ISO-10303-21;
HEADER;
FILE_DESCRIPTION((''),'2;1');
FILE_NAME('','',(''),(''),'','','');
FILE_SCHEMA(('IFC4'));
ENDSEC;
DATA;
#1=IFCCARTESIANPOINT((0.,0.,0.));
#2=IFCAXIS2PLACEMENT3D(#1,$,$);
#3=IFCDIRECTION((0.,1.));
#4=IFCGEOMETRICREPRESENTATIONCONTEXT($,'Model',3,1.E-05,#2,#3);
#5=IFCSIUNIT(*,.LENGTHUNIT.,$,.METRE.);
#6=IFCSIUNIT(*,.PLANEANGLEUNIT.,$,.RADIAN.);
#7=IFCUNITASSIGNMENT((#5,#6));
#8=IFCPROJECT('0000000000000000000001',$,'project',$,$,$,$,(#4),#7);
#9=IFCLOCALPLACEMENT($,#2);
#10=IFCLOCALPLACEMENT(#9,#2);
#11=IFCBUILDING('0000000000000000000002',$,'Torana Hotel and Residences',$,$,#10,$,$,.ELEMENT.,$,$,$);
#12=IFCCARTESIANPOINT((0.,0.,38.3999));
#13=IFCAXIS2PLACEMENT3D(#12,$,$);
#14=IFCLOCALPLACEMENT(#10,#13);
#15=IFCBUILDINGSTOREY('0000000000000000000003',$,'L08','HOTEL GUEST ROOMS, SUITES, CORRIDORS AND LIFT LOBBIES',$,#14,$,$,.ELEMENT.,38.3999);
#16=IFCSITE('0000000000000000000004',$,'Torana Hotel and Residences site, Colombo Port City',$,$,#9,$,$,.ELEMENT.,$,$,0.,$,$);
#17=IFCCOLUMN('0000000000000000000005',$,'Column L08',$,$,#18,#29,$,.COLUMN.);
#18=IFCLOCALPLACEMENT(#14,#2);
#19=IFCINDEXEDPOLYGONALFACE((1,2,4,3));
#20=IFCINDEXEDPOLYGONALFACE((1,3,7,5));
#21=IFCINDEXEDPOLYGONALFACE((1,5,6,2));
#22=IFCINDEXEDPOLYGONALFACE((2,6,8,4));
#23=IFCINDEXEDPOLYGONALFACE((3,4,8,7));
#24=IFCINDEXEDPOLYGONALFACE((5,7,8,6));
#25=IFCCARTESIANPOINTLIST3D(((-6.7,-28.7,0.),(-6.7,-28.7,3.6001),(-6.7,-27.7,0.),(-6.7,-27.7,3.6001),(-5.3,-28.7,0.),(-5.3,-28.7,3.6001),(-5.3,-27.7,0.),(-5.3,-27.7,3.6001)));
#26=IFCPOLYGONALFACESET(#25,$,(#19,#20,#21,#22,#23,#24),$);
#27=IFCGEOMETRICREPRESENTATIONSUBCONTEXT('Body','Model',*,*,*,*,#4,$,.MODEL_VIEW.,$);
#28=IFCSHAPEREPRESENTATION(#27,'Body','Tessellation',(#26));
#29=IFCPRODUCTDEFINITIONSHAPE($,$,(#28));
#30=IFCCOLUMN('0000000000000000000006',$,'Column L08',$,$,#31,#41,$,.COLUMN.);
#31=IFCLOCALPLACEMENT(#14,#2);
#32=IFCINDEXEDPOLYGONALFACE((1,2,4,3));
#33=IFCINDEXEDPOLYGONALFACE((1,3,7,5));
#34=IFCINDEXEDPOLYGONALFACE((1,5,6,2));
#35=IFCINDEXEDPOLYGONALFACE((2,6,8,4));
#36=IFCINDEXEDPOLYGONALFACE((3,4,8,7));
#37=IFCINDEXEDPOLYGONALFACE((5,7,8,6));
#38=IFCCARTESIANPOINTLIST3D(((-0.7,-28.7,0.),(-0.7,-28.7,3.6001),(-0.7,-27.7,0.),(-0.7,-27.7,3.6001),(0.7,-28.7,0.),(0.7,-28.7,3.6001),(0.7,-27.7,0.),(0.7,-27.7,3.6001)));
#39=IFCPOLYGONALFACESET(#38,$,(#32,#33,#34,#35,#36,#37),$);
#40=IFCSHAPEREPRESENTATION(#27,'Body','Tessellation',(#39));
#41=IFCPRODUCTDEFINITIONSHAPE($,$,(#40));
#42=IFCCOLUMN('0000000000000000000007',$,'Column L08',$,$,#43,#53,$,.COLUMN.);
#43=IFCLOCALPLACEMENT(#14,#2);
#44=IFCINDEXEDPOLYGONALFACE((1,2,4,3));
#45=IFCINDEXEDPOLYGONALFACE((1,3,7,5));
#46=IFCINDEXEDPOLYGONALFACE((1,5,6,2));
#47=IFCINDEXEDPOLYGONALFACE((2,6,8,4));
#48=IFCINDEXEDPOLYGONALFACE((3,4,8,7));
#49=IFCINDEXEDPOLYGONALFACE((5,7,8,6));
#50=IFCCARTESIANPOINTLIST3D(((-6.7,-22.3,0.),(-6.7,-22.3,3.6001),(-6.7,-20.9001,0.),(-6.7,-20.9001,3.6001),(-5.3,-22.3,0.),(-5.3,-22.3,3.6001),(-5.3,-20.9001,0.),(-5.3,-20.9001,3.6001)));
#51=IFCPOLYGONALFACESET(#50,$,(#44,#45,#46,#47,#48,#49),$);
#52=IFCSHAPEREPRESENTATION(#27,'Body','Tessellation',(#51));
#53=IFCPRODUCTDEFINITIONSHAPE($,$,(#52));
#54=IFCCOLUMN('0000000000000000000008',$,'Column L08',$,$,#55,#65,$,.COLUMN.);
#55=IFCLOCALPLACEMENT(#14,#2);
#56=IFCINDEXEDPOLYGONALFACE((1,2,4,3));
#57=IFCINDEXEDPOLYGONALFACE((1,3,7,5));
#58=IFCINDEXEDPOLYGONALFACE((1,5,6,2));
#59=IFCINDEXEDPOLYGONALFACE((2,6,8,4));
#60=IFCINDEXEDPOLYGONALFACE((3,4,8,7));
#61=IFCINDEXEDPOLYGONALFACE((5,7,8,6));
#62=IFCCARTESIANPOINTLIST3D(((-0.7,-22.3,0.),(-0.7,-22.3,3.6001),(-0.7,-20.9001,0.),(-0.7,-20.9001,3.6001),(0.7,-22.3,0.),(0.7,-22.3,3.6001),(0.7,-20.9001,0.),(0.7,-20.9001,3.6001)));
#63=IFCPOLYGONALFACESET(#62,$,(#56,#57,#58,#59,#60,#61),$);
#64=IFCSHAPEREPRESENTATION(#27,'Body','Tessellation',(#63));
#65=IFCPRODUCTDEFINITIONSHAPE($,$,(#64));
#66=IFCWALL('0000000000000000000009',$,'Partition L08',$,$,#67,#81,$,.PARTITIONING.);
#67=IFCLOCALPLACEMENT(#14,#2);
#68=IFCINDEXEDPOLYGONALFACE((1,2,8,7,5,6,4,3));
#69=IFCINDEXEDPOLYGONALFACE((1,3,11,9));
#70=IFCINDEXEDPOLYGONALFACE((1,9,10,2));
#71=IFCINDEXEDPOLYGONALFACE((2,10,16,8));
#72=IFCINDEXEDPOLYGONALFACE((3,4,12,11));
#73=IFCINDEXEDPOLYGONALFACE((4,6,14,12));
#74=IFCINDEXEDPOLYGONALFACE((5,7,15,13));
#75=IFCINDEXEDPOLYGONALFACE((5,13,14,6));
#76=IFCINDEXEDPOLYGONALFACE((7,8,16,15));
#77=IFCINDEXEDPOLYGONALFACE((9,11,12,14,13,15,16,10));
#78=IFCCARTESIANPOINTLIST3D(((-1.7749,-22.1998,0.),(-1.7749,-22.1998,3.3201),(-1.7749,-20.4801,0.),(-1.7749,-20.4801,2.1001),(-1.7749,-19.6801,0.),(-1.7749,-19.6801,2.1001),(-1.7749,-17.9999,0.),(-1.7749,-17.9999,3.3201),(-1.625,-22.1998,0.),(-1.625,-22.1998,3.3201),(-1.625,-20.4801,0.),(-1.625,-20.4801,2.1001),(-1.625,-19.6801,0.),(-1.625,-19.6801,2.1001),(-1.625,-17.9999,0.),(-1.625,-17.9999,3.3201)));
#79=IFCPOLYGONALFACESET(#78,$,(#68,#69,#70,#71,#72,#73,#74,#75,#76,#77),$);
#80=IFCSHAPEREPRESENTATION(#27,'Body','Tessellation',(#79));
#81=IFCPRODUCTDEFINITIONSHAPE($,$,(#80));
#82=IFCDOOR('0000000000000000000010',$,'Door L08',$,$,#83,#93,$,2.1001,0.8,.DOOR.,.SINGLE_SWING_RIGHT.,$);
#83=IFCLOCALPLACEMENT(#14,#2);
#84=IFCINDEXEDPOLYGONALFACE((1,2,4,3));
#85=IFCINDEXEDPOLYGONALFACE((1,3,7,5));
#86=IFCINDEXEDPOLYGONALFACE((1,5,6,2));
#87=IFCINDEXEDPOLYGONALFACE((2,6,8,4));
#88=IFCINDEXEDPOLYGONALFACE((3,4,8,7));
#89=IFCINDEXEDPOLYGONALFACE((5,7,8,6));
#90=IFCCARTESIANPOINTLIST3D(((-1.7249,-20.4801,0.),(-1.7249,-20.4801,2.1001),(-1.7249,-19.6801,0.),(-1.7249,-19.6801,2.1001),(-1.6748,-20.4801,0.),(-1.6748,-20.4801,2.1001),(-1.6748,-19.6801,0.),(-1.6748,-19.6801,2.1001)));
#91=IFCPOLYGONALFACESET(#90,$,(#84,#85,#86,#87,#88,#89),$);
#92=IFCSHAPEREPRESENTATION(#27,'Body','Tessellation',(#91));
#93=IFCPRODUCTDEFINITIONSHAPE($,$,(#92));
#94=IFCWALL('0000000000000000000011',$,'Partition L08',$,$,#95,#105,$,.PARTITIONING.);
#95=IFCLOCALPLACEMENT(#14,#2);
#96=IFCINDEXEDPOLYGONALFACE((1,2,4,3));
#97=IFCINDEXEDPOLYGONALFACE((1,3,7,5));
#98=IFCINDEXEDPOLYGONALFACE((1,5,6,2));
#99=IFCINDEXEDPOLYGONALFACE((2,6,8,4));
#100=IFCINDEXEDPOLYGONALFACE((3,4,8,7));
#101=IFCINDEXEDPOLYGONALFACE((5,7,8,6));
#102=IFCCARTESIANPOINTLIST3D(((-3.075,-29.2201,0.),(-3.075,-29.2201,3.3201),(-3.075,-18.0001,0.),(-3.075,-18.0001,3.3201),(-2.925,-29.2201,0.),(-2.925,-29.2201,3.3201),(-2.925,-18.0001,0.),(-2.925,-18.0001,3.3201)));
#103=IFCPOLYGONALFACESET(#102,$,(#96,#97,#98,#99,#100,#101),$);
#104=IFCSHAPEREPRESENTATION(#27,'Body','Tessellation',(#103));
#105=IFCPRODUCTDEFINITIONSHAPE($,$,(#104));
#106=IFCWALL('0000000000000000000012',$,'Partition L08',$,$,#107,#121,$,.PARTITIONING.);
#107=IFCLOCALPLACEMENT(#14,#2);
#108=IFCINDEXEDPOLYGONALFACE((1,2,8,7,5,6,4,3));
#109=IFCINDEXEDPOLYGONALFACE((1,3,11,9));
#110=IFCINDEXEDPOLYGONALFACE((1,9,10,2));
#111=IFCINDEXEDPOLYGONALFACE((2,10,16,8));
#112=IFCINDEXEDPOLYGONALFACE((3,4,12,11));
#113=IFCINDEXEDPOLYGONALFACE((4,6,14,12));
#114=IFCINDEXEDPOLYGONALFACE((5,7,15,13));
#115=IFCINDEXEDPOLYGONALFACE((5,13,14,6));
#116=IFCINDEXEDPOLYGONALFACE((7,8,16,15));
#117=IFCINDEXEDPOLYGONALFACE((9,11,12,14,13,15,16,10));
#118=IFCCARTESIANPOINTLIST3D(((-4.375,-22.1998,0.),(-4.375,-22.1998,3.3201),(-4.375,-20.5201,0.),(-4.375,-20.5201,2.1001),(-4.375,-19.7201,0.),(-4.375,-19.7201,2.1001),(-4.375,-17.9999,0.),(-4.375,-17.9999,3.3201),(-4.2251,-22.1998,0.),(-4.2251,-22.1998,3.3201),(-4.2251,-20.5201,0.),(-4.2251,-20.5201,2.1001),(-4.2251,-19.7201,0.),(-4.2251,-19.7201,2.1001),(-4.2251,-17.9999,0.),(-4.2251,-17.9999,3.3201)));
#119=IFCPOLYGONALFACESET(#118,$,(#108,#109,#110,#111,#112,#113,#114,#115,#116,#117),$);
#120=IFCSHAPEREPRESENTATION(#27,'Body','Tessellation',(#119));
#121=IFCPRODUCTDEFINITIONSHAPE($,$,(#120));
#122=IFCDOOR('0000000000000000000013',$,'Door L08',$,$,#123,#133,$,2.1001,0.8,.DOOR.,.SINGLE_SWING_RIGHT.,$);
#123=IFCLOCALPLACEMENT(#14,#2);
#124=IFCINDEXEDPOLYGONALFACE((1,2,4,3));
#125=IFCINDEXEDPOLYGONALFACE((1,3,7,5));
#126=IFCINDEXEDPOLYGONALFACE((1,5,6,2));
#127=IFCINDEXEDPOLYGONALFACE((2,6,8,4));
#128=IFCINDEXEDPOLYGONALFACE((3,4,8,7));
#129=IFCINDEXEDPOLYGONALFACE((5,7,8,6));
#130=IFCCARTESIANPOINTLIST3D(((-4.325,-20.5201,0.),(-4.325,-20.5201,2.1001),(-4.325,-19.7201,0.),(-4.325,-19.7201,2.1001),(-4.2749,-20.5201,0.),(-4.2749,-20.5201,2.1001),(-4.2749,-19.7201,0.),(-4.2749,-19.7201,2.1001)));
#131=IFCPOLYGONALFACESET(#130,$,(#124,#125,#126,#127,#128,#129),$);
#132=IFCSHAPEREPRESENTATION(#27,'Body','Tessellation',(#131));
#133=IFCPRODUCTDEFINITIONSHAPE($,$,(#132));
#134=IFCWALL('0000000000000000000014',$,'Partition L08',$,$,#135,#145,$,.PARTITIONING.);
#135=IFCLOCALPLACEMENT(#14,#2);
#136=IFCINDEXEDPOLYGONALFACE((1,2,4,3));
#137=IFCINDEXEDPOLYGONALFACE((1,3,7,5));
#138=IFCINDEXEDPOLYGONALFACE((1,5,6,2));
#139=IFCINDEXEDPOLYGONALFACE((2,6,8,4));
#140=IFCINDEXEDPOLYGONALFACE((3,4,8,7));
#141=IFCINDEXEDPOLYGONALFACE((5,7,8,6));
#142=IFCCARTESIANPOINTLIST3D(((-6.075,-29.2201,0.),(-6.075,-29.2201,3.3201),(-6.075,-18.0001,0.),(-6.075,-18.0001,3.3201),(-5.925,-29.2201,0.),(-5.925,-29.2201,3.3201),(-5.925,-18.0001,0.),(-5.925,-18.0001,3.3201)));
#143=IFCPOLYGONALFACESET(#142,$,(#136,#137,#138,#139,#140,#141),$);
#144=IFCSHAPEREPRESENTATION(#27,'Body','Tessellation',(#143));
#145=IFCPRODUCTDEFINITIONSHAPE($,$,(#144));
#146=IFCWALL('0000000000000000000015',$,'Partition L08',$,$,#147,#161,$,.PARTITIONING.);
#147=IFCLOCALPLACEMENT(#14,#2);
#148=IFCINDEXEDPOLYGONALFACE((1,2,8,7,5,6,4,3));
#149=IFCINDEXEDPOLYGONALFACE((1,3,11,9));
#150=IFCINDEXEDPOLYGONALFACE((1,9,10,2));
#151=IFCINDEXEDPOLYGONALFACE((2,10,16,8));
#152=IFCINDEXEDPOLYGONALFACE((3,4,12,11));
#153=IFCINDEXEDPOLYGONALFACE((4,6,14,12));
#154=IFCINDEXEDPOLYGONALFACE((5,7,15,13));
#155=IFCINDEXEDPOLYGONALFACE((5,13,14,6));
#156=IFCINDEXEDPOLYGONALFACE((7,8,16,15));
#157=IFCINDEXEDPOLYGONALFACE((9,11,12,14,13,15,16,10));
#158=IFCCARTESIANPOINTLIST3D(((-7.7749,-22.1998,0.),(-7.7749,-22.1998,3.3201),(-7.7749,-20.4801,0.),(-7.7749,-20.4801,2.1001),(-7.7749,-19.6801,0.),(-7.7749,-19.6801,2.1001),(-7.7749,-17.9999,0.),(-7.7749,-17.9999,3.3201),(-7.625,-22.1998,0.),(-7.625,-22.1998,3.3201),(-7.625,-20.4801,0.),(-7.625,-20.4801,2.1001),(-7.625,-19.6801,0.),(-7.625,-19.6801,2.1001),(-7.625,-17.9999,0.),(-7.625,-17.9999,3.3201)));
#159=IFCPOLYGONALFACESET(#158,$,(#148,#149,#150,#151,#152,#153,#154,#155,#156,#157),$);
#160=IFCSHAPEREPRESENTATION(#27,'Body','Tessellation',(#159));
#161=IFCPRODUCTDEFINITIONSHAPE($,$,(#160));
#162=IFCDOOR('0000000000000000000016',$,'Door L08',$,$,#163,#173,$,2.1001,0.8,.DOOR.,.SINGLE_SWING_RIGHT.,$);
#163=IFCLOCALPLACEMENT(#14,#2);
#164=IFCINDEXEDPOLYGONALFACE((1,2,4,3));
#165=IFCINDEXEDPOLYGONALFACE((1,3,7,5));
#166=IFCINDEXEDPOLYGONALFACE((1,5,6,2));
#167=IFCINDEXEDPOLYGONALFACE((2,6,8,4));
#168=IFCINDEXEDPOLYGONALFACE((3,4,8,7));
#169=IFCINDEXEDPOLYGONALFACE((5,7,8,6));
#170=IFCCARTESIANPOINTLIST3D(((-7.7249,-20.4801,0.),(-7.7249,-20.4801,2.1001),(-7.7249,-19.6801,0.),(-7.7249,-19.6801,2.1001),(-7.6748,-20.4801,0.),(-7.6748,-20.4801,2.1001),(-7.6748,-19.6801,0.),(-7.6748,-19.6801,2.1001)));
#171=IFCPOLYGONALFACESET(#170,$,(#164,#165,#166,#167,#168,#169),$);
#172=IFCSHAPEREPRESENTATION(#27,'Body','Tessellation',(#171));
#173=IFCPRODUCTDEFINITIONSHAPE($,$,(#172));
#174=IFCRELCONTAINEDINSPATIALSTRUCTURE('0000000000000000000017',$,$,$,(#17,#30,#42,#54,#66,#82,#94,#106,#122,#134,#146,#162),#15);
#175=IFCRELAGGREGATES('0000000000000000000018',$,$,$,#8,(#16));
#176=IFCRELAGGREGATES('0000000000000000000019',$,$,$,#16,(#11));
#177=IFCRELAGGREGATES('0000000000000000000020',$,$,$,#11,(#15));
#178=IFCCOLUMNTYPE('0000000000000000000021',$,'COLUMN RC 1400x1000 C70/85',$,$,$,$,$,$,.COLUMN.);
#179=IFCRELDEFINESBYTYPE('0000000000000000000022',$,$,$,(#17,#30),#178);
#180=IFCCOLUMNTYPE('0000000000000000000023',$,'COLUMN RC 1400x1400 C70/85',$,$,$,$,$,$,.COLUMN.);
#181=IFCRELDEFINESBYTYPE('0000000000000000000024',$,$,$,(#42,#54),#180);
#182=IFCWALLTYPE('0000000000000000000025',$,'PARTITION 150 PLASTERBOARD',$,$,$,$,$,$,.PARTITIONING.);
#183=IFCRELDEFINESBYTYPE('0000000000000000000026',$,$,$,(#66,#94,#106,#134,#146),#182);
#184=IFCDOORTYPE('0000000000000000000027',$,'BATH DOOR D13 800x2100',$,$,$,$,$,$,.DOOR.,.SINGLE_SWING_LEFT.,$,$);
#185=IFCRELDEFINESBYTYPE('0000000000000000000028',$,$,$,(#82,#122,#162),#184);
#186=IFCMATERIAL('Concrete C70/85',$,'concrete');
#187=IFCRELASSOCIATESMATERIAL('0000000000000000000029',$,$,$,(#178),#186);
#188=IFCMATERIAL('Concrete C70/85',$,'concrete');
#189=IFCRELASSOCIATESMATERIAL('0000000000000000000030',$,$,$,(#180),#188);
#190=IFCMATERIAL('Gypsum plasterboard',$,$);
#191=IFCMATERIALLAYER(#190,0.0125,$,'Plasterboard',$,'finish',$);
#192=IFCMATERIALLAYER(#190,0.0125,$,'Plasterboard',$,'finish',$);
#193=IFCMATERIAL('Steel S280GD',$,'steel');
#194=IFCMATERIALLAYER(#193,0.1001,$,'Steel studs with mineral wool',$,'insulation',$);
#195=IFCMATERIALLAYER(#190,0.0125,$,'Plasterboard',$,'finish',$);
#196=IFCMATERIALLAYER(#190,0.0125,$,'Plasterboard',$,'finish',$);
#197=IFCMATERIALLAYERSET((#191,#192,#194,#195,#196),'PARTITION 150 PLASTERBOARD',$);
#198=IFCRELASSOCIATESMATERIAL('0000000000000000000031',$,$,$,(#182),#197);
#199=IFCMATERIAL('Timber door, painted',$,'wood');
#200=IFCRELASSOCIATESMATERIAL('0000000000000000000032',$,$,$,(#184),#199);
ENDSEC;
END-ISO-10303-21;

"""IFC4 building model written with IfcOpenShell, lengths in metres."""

from ifc_helpers import new_model, si_unit, direction, frame, frame_2d, origin, origin_2d, place, context, subcontext, project, spatial, rectangle, extrude, material, layer, layer_set, material_profile, profile_set, type_object, element, fill, save


model = new_model("IFC4")

# Units and contexts
model_context = context("Model", 3, precision=1e-05, world=origin(), true_north=direction((0.0, 1.0)))
body_context = subcontext(model_context, "Body", "Model", "MODEL_VIEW")
ifc_project = project(units=[si_unit("LENGTHUNIT", "METRE"), si_unit("PLANEANGLEUNIT", "RADIAN")], contexts=[model_context])

# Site, building, storey
site_placement = place(None, origin())
site = spatial("IfcSite", under=ifc_project, at=site_placement, Name="Torana Hotel and Residences site, Colombo Port City", CompositionType="ELEMENT", RefElevation=0.0)
building_placement = place(site_placement, origin())
building = spatial("IfcBuilding", under=site, at=building_placement, Name="Torana Hotel and Residences", CompositionType="ELEMENT")
storey_placement = place(building_placement, frame((0.0, 0.0, 38.3999)))
storey = spatial("IfcBuildingStorey", under=building, at=storey_placement, Name="L08", Description="HOTEL GUEST ROOMS, SUITES, CORRIDORS AND LIFT LOBBIES", CompositionType="ELEMENT", Elevation=38.3999)

# Columns
ifc_material_1 = material(Name="Concrete C70/85", Category="concrete")
ifc_material_profile_1 = material_profile(ifc_material_1, rectangle(XDim=1.3999, YDim=1.0, at=origin_2d()), Name="RC 1400x1000")
ifc_profile_set_1 = profile_set([ifc_material_profile_1], Name="Concrete C70/85")
column_type_1 = type_object("IfcColumnType", Name="COLUMN RC 1400x1000 C70/85", PredefinedType="COLUMN", material=ifc_profile_set_1)
for number, where, z_axis, x_axis, name in (
    (1, (-6.0, -28.2, 0.0), (0.0, 0.0, 1.0), (1.0, 0.0, 0.0), "Column L08"),
    (2, (0.0, -28.2, 0.0), (0.0, 0.0, 1.0), (1.0, 0.0, 0.0), "Column L08"),
):
    element("IfcColumn", number, at=place(storey_placement, frame(where, z_axis=z_axis, x_axis=x_axis)), inside=storey, type_object=column_type_1, Name=name, PredefinedType="COLUMN", context=body_context, shape_type="SweptSolid", body=[
        extrude(rectangle(XDim=1.3999, YDim=1.0, at=origin_2d()), origin(), (0.0, 0.0, 1.0), 3.6001),
    ])
ifc_material_2 = material(Name="Concrete C70/85", Category="concrete")
ifc_material_profile_2 = material_profile(ifc_material_2, rectangle(XDim=1.3999, YDim=1.3999, at=origin_2d()), Name="RC 1400x1400")
ifc_profile_set_2 = profile_set([ifc_material_profile_2], Name="Concrete C70/85")
column_type_2 = type_object("IfcColumnType", Name="COLUMN RC 1400x1400 C70/85", PredefinedType="COLUMN", material=ifc_profile_set_2)
for number, where, z_axis, x_axis, name in (
    (3, (-6.0, -21.6001, 0.0), (0.0, 0.0, 1.0), (1.0, 0.0, 0.0), "Column L08"),
    (4, (0.0, -21.6001, 0.0), (0.0, 0.0, 1.0), (1.0, 0.0, 0.0), "Column L08"),
):
    element("IfcColumn", number, at=place(storey_placement, frame(where, z_axis=z_axis, x_axis=x_axis)), inside=storey, type_object=column_type_2, Name=name, PredefinedType="COLUMN", context=body_context, shape_type="SweptSolid", body=[
        extrude(rectangle(XDim=1.3999, YDim=1.3999, at=origin_2d()), origin(), (0.0, 0.0, 1.0), 3.6001),
    ])

# Wall, opening, door
ifc_material_3 = material(Name="Gypsum plasterboard")
ifc_layer_1 = layer(ifc_material_3, 0.0125, Name="Plasterboard", Category="finish")
ifc_layer_2 = layer(ifc_material_3, 0.0125, Name="Plasterboard", Category="finish")
ifc_material_4 = material(Name="Steel S280GD", Category="steel")
ifc_layer_3 = layer(ifc_material_4, 0.1001, Name="Steel studs with mineral wool", Category="insulation")
ifc_layer_4 = layer(ifc_material_3, 0.0125, Name="Plasterboard", Category="finish")
ifc_layer_5 = layer(ifc_material_3, 0.0125, Name="Plasterboard", Category="finish")
ifc_layer_set_1 = layer_set([ifc_layer_1, ifc_layer_2, ifc_layer_3, ifc_layer_4, ifc_layer_5], Name="PARTITION 150 PLASTERBOARD")
wall_type_1 = type_object("IfcWallType", Name="PARTITION 150 PLASTERBOARD", PredefinedType="PARTITIONING", material=ifc_layer_set_1)
wall_1_placement = place(storey_placement, frame((-1.7, -22.2, 0.0), z_axis=(0.0, 0.0, 1.0), x_axis=(0.0, 1.0, 0.0)))
wall_1 = element("IfcWall", 5, at=wall_1_placement, inside=storey, type_object=wall_type_1, Name="Partition L08", PredefinedType="PARTITIONING", context=body_context, shape_type="SweptSolid", body=[
    extrude(rectangle(XDim=4.2, YDim=0.1499, at=frame_2d((2.1001, 0.0))), origin(), (0.0, 0.0, 1.0), 3.3201),
])
opening_1_placement = place(wall_1_placement, frame((1.72, 0.0, 0.0)))
opening_1 = element("IfcOpeningElement", 6, at=opening_1_placement, cuts=wall_1, PredefinedType="OPENING", context=body_context, shape_type="SweptSolid", body=[
    extrude(rectangle(XDim=0.8, YDim=2.1001, at=frame_2d((0.3999, 1.05))), frame((0.0, 0.085, 0.0), z_axis=(0.0, -1.0, 0.0), x_axis=(1.0, 0.0, 0.0)), (0.0, 0.0, 1.0), 0.1699),
])
ifc_material_5 = material(Name="Timber door, painted", Category="wood")
door_type = type_object("IfcDoorType", Name="BATH DOOR D13 800x2100", OperationType="SINGLE_SWING_LEFT", PredefinedType="DOOR", material=ifc_material_5)
door_1_placement = place(opening_1_placement, origin())
door_1 = element("IfcDoor", 7, at=door_1_placement, inside=storey, type_object=door_type, Name="Door L08", OperationType="SINGLE_SWING_RIGHT", OverallHeight=2.1001, OverallWidth=0.8, PredefinedType="DOOR", context=body_context, shape_type="SweptSolid", body=[
    extrude(rectangle(XDim=0.8, YDim=2.1001, at=frame_2d((0.3999, 1.05))), frame((0.0, 0.0249, 0.0), z_axis=(0.0, -1.0, 0.0), x_axis=(1.0, 0.0, 0.0)), (0.0, 0.0, 1.0), 0.05),
])
fill(opening_1, door_1)

# Wall
wall_2_placement = place(storey_placement, frame((-3.0, -29.22, 0.0), z_axis=(0.0, 0.0, 1.0), x_axis=(0.0, 1.0, 0.0)))
element("IfcWall", 8, at=wall_2_placement, inside=storey, type_object=wall_type_1, Name="Partition L08", PredefinedType="PARTITIONING", context=body_context, shape_type="SweptSolid", body=[
    extrude(rectangle(XDim=11.22, YDim=0.1499, at=frame_2d((5.6099, 0.0))), origin(), (0.0, 0.0, 1.0), 3.3201),
])

# Wall, opening, door
wall_3_placement = place(storey_placement, frame((-4.3, -22.2, 0.0), z_axis=(0.0, 0.0, 1.0), x_axis=(0.0, 1.0, 0.0)))
wall_3 = element("IfcWall", 9, at=wall_3_placement, inside=storey, type_object=wall_type_1, Name="Partition L08", PredefinedType="PARTITIONING", context=body_context, shape_type="SweptSolid", body=[
    extrude(rectangle(XDim=4.2, YDim=0.1499, at=frame_2d((2.1001, 0.0))), origin(), (0.0, 0.0, 1.0), 3.3201),
])
opening_2_placement = place(wall_3_placement, frame((1.6799, 0.0, 0.0)))
opening_2 = element("IfcOpeningElement", 10, at=opening_2_placement, cuts=wall_3, PredefinedType="OPENING", context=body_context, shape_type="SweptSolid", body=[
    extrude(rectangle(XDim=0.8, YDim=2.1001, at=frame_2d((0.3999, 1.05))), frame((0.0, 0.085, 0.0), z_axis=(0.0, -1.0, 0.0), x_axis=(1.0, 0.0, 0.0)), (0.0, 0.0, 1.0), 0.1699),
])
door_2_placement = place(opening_2_placement, origin())
door_2 = element("IfcDoor", 11, at=door_2_placement, inside=storey, type_object=door_type, Name="Door L08", OperationType="SINGLE_SWING_RIGHT", OverallHeight=2.1001, OverallWidth=0.8, PredefinedType="DOOR", context=body_context, shape_type="SweptSolid", body=[
    extrude(rectangle(XDim=0.8, YDim=2.1001, at=frame_2d((0.3999, 1.05))), frame((0.0, 0.0249, 0.0), z_axis=(0.0, -1.0, 0.0), x_axis=(1.0, 0.0, 0.0)), (0.0, 0.0, 1.0), 0.05),
])
fill(opening_2, door_2)

# Wall
wall_4_placement = place(storey_placement, frame((-6.0, -29.22, 0.0), z_axis=(0.0, 0.0, 1.0), x_axis=(0.0, 1.0, 0.0)))
element("IfcWall", 12, at=wall_4_placement, inside=storey, type_object=wall_type_1, Name="Partition L08", PredefinedType="PARTITIONING", context=body_context, shape_type="SweptSolid", body=[
    extrude(rectangle(XDim=11.22, YDim=0.1499, at=frame_2d((5.6099, 0.0))), origin(), (0.0, 0.0, 1.0), 3.3201),
])

# Wall, opening, door
wall_5_placement = place(storey_placement, frame((-7.7, -22.2, 0.0), z_axis=(0.0, 0.0, 1.0), x_axis=(0.0, 1.0, 0.0)))
wall_5 = element("IfcWall", 13, at=wall_5_placement, inside=storey, type_object=wall_type_1, Name="Partition L08", PredefinedType="PARTITIONING", context=body_context, shape_type="SweptSolid", body=[
    extrude(rectangle(XDim=4.2, YDim=0.1499, at=frame_2d((2.1001, 0.0))), origin(), (0.0, 0.0, 1.0), 3.3201),
])
opening_3_placement = place(wall_5_placement, frame((1.72, 0.0, 0.0)))
opening_3 = element("IfcOpeningElement", 14, at=opening_3_placement, cuts=wall_5, PredefinedType="OPENING", context=body_context, shape_type="SweptSolid", body=[
    extrude(rectangle(XDim=0.8, YDim=2.1001, at=frame_2d((0.3999, 1.05))), frame((0.0, 0.085, 0.0), z_axis=(0.0, -1.0, 0.0), x_axis=(1.0, 0.0, 0.0)), (0.0, 0.0, 1.0), 0.1699),
])
door_3_placement = place(opening_3_placement, origin())
door_3 = element("IfcDoor", 15, at=door_3_placement, inside=storey, type_object=door_type, Name="Door L08", OperationType="SINGLE_SWING_RIGHT", OverallHeight=2.1001, OverallWidth=0.8, PredefinedType="DOOR", context=body_context, shape_type="SweptSolid", body=[
    extrude(rectangle(XDim=0.8, YDim=2.1001, at=frame_2d((0.3999, 1.05))), frame((0.0, 0.0249, 0.0), z_axis=(0.0, -1.0, 0.0), x_axis=(1.0, 0.0, 0.0)), (0.0, 0.0, 1.0), 0.05),
])
fill(opening_3, door_3)

save(model, "model.ifc")
